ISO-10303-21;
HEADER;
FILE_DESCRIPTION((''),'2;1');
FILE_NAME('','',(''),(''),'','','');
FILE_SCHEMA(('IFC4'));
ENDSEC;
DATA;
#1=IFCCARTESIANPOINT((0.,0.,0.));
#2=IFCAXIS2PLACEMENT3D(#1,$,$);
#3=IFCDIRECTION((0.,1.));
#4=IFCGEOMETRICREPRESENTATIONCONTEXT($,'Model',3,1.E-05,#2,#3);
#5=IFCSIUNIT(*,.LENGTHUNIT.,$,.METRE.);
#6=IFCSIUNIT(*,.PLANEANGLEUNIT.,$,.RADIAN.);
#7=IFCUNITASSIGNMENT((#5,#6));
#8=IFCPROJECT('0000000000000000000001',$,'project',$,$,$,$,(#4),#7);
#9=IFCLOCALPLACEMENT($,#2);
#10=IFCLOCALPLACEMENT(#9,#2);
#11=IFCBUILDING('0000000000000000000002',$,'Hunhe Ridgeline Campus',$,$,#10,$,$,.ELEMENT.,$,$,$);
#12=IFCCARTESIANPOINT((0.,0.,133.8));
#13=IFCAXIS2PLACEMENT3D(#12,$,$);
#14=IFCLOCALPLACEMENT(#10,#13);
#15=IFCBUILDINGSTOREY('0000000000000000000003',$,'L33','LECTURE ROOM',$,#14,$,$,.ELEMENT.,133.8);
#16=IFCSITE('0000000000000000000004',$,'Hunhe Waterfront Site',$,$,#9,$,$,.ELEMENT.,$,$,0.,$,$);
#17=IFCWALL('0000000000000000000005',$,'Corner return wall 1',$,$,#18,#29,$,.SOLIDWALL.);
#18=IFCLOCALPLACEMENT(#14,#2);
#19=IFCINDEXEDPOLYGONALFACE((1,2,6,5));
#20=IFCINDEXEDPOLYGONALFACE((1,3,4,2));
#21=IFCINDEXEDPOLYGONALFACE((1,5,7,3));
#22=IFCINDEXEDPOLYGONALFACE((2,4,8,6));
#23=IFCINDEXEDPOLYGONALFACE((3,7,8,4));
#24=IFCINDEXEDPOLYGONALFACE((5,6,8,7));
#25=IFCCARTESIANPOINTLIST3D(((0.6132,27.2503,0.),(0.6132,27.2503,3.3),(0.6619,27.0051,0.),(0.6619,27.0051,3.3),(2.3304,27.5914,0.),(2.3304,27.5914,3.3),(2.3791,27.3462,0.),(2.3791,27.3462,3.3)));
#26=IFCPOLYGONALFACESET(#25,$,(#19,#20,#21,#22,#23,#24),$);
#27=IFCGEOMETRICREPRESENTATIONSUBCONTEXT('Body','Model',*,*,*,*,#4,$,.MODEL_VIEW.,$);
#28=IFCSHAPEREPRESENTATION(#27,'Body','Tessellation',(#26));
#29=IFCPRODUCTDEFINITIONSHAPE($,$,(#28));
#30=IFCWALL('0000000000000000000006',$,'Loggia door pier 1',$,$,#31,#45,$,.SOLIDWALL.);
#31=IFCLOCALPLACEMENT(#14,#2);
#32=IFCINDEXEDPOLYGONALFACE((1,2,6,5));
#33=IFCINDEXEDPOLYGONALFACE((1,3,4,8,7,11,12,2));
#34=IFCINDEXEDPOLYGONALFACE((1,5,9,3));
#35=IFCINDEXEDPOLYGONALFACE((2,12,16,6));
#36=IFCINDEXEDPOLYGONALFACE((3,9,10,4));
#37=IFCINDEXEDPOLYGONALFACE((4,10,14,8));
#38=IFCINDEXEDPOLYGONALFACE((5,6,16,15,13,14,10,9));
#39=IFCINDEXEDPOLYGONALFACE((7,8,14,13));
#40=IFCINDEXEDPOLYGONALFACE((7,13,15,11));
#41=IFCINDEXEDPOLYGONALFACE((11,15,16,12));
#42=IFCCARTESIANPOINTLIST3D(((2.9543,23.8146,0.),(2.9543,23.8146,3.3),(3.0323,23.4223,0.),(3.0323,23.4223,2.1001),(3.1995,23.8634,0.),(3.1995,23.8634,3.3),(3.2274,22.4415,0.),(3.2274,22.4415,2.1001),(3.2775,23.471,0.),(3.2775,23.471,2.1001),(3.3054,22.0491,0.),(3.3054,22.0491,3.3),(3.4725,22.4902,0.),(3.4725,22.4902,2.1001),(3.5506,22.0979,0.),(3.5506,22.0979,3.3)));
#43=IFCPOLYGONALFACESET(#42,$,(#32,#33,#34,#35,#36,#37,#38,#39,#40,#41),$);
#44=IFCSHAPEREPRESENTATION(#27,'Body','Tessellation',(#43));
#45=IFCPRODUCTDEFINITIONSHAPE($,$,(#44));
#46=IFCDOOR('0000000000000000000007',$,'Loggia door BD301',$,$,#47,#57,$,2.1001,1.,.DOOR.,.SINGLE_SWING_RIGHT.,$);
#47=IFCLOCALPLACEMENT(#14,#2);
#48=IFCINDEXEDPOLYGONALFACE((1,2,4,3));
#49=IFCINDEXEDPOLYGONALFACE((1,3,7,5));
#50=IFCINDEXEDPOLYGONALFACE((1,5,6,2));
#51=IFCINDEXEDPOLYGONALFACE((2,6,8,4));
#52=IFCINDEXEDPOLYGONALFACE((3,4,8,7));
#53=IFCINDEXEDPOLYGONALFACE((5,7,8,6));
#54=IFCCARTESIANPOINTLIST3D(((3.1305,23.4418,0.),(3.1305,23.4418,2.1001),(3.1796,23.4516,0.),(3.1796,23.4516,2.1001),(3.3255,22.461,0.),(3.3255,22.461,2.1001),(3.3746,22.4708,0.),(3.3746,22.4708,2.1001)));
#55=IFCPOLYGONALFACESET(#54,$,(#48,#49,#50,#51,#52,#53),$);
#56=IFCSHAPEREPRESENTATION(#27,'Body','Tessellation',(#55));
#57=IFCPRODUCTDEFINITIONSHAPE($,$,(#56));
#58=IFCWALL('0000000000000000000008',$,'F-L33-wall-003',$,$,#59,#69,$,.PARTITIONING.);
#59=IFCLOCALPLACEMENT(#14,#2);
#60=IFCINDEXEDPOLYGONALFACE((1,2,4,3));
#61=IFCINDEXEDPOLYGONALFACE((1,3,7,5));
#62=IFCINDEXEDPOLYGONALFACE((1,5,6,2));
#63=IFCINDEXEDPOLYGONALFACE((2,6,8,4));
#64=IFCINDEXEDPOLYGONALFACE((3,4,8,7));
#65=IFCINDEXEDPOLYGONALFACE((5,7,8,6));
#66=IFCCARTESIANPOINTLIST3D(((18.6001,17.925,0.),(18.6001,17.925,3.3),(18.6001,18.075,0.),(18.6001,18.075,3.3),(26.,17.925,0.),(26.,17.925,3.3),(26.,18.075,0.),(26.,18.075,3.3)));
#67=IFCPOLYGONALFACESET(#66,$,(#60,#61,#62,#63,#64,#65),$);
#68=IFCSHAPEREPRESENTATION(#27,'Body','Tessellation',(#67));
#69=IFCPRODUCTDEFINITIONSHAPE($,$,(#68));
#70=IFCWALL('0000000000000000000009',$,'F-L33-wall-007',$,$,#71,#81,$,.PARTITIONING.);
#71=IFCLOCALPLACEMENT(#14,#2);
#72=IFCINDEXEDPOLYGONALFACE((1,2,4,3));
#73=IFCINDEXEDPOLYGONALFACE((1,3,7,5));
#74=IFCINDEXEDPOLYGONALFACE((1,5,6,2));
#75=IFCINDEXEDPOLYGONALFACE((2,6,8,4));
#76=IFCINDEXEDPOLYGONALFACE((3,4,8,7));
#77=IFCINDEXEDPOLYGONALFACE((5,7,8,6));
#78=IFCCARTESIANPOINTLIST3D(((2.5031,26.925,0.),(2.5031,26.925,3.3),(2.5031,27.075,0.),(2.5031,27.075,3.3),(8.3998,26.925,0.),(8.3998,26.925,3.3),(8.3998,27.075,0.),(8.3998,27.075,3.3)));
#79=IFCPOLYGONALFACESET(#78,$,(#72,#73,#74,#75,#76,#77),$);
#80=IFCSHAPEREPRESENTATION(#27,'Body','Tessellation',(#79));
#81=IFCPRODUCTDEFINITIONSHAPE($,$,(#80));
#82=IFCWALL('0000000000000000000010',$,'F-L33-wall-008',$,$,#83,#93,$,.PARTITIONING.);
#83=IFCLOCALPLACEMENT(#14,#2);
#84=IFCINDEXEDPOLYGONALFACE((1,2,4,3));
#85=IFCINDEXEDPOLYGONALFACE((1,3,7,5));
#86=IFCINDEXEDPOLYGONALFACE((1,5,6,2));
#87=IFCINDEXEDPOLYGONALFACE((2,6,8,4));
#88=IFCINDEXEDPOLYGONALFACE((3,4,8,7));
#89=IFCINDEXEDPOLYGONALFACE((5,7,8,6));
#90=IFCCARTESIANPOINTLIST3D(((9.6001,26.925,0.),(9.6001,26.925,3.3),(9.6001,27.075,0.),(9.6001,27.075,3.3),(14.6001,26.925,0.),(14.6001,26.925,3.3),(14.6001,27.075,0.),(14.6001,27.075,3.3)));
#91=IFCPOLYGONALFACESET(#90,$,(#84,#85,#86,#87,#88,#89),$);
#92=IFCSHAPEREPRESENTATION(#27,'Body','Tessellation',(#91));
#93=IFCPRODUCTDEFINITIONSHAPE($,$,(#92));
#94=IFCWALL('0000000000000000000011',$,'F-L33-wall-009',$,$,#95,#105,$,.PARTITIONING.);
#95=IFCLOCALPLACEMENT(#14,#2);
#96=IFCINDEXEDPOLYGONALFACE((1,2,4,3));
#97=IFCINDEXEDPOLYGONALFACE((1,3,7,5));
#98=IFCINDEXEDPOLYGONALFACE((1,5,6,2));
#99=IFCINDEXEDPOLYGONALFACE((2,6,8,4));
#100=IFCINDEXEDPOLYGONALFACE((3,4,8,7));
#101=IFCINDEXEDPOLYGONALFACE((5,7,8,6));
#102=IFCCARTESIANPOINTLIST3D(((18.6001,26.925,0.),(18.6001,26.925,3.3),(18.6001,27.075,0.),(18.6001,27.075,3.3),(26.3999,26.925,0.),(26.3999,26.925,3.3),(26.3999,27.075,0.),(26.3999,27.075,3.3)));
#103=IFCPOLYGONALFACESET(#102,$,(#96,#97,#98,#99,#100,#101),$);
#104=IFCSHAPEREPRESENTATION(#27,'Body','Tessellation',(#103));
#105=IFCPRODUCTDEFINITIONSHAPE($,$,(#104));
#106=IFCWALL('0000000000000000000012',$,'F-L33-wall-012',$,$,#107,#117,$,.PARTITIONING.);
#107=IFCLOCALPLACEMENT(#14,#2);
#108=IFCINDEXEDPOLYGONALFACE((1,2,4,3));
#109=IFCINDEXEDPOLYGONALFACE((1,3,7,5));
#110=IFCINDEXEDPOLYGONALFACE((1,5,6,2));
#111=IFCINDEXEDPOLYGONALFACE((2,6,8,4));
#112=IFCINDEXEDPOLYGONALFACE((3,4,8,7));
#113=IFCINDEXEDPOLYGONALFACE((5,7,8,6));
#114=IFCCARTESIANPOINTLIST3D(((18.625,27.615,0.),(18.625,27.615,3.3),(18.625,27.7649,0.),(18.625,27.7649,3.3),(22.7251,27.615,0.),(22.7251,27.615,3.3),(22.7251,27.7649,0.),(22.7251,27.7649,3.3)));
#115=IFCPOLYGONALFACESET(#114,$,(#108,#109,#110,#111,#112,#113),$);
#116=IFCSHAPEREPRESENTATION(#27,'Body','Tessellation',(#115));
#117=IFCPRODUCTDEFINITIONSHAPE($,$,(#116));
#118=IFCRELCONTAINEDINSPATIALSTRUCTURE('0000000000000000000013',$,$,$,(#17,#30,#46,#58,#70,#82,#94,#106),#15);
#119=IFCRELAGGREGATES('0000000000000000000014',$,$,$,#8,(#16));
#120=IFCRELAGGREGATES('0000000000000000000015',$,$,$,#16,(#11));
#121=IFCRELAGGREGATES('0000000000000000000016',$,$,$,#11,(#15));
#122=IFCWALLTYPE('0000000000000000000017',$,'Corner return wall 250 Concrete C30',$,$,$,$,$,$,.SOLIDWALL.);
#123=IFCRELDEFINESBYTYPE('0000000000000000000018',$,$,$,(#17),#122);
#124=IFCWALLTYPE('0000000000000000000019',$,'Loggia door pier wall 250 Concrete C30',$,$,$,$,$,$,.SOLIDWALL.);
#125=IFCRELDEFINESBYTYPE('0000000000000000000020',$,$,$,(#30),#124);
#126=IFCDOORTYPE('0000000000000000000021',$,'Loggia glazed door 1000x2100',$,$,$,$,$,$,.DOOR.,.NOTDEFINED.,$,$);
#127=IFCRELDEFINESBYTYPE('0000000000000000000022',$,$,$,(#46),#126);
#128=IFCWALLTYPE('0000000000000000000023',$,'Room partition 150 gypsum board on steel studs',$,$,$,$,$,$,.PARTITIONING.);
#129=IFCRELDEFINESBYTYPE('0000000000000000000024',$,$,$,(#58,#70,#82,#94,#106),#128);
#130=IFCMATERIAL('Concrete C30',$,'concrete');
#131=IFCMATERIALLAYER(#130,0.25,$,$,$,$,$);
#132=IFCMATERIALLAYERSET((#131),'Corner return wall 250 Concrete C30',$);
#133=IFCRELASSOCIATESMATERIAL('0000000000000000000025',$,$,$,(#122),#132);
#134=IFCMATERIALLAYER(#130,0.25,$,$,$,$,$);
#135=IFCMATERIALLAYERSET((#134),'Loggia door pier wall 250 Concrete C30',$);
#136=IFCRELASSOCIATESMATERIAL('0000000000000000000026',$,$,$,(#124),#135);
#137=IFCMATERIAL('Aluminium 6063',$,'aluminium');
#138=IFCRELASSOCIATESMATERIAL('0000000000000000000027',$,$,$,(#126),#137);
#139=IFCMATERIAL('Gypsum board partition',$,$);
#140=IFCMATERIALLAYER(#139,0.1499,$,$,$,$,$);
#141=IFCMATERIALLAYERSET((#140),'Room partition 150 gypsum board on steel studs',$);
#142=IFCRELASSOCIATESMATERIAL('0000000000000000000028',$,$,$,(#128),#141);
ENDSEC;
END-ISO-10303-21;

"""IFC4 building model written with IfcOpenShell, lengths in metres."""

from ifc_helpers import new_model, si_unit, direction, frame, frame_2d, origin, place, context, subcontext, project, spatial, rectangle, extrude, material, layer, layer_set, type_object, element, fill, save


model = new_model("IFC4")

# Units and contexts
model_context = context("Model", 3, precision=1e-05, world=origin(), true_north=direction((0.0, 1.0)))
body_context = subcontext(model_context, "Body", "Model", "MODEL_VIEW")
ifc_project = project(units=[si_unit("LENGTHUNIT", "METRE"), si_unit("PLANEANGLEUNIT", "RADIAN")], contexts=[model_context])

# Site, building, storey
site_placement = place(None, origin())
site = spatial("IfcSite", under=ifc_project, at=site_placement, Name="Hunhe Waterfront Site", CompositionType="ELEMENT", RefElevation=0.0)
building_placement = place(site_placement, origin())
building = spatial("IfcBuilding", under=site, at=building_placement, Name="Hunhe Ridgeline Campus", CompositionType="ELEMENT")
storey_placement = place(building_placement, frame((0.0, 0.0, 133.8)))
storey = spatial("IfcBuildingStorey", under=building, at=storey_placement, Name="L33", Description="LECTURE ROOM", CompositionType="ELEMENT", Elevation=133.8)

# Shared definitions
ifc_material_1 = material(Name="Aluminium 6063", Category="aluminium")

# Wall
ifc_material_2 = material(Name="Concrete C30", Category="concrete")
ifc_layer_1 = layer(ifc_material_2, 0.25)
ifc_layer_set_1 = layer_set([ifc_layer_1], Name="Corner return wall 250 Concrete C30")
wall_type_1 = type_object("IfcWallType", Name="Corner return wall 250 Concrete C30", PredefinedType="SOLIDWALL", material=ifc_layer_set_1)
wall_1_placement = place(storey_placement, frame((0.6375, 27.1277, 0.0), z_axis=(0.0, 0.0, 1.0), x_axis=(0.980843, 0.194802, 0.0)))
element("IfcWall", 1, at=wall_1_placement, inside=storey, type_object=wall_type_1, Name="Corner return wall 1", PredefinedType="SOLIDWALL", context=body_context, shape_type="SweptSolid", body=[
    extrude(rectangle(XDim=1.7507, YDim=0.25, at=frame_2d((0.8755, 0.0))), origin(), (0.0, 0.0, 1.0), 3.3),
])

# Shared definitions
ifc_material_3 = material(Name="Gypsum board partition")

# Wall, opening, door
ifc_layer_2 = layer(ifc_material_2, 0.25)
ifc_layer_set_2 = layer_set([ifc_layer_2], Name="Loggia door pier wall 250 Concrete C30")
wall_type_2 = type_object("IfcWallType", Name="Loggia door pier wall 250 Concrete C30", PredefinedType="SOLIDWALL", material=ifc_layer_set_2)
wall_2_placement = place(storey_placement, frame((3.0769, 23.8389, 0.0), z_axis=(0.0, 0.0, 1.0), x_axis=(0.195047, -0.980794, 0.0)))
wall_2 = element("IfcWall", 2, at=wall_2_placement, inside=storey, type_object=wall_type_2, Name="Loggia door pier 1", PredefinedType="SOLIDWALL", context=body_context, shape_type="SweptSolid", body=[
    extrude(rectangle(XDim=1.8, YDim=0.25, at=frame_2d((0.8999, 0.0))), origin(), (0.0, 0.0, 1.0), 3.3),
])
opening_1_placement = place(wall_2_placement, frame((0.3999, 0.0, 0.0)))
opening_1 = element("IfcOpeningElement", 3, at=opening_1_placement, cuts=wall_2, PredefinedType="OPENING", context=body_context, shape_type="SweptSolid", body=[
    extrude(rectangle(XDim=1.0, YDim=2.1001, at=frame_2d((0.5, 1.05))), frame((0.0, 0.125, 0.0), z_axis=(0.0, -1.0, 0.0), x_axis=(1.0, 0.0, 0.0)), (0.0, 0.0, 1.0), 0.25),
])
door_type_1 = type_object("IfcDoorType", Name="Loggia glazed door 1000x2100", OperationType="NOTDEFINED", PredefinedType="DOOR", material=ifc_material_1)
door_1_placement = place(opening_1_placement, frame((1.0, 0.0, 0.0), z_axis=(0.0, 0.0, 1.0), x_axis=(-1.0, 0.0, 0.0)))
door_1 = element("IfcDoor", 4, at=door_1_placement, inside=storey, type_object=door_type_1, Name="Loggia door BD301", OperationType="SINGLE_SWING_RIGHT", OverallHeight=2.1001, OverallWidth=1.0, PredefinedType="DOOR", context=body_context, shape_type="SweptSolid", body=[
    extrude(rectangle(XDim=1.0, YDim=2.1001, at=frame_2d((0.5, 1.05))), frame((0.0, 0.0249, 0.0), z_axis=(0.0, -1.0, 0.0), x_axis=(1.0, 0.0, 0.0)), (0.0, 0.0, 1.0), 0.05),
])
fill(opening_1, door_1)

# Walls
ifc_layer_3 = layer(ifc_material_3, 0.1499)
ifc_layer_set_3 = layer_set([ifc_layer_3], Name="Room partition 150 gypsum board on steel studs")
wall_type_3 = type_object("IfcWallType", Name="Room partition 150 gypsum board on steel studs", PredefinedType="PARTITIONING", material=ifc_layer_set_3)
wall_3_placement = place(storey_placement, frame((18.6001, 18.0, 0.0), z_axis=(0.0, 0.0, 1.0), x_axis=(1.0, 0.0, 0.0)))
element("IfcWall", 5, at=wall_3_placement, inside=storey, type_object=wall_type_3, Name="F-L33-wall-003", PredefinedType="PARTITIONING", context=body_context, shape_type="SweptSolid", body=[
    extrude(rectangle(XDim=7.3999, YDim=0.1499, at=frame_2d((3.7, 0.0))), origin(), (0.0, 0.0, 1.0), 3.3),
])
wall_4_placement = place(storey_placement, frame((2.5032, 27.0, 0.0), z_axis=(0.0, 0.0, 1.0), x_axis=(1.0, 0.0, 0.0)))
element("IfcWall", 6, at=wall_4_placement, inside=storey, type_object=wall_type_3, Name="F-L33-wall-007", PredefinedType="PARTITIONING", context=body_context, shape_type="SweptSolid", body=[
    extrude(rectangle(XDim=5.8967, YDim=0.1499, at=frame_2d((2.9482, 0.0))), origin(), (0.0, 0.0, 1.0), 3.3),
])
wall_5_placement = place(storey_placement, frame((9.6001, 27.0, 0.0), z_axis=(0.0, 0.0, 1.0), x_axis=(1.0, 0.0, 0.0)))
element("IfcWall", 7, at=wall_5_placement, inside=storey, type_object=wall_type_3, Name="F-L33-wall-008", PredefinedType="PARTITIONING", context=body_context, shape_type="SweptSolid", body=[
    extrude(rectangle(XDim=5.0, YDim=0.1499, at=frame_2d((2.5, 0.0))), origin(), (0.0, 0.0, 1.0), 3.3),
])
wall_6_placement = place(storey_placement, frame((18.6001, 27.0, 0.0), z_axis=(0.0, 0.0, 1.0), x_axis=(1.0, 0.0, 0.0)))
element("IfcWall", 8, at=wall_6_placement, inside=storey, type_object=wall_type_3, Name="F-L33-wall-009", PredefinedType="PARTITIONING", context=body_context, shape_type="SweptSolid", body=[
    extrude(rectangle(XDim=7.7998, YDim=0.1499, at=frame_2d((3.8999, 0.0))), origin(), (0.0, 0.0, 1.0), 3.3),
])
wall_7_placement = place(storey_placement, frame((18.625, 27.6899, 0.0), z_axis=(0.0, 0.0, 1.0), x_axis=(1.0, 0.0, 0.0)))
element("IfcWall", 9, at=wall_7_placement, inside=storey, type_object=wall_type_3, Name="F-L33-wall-012", PredefinedType="PARTITIONING", context=body_context, shape_type="SweptSolid", body=[
    extrude(rectangle(XDim=4.1001, YDim=0.1499, at=frame_2d((2.05, 0.0))), origin(), (0.0, 0.0, 1.0), 3.3),
])

save(model, "model.ifc")
